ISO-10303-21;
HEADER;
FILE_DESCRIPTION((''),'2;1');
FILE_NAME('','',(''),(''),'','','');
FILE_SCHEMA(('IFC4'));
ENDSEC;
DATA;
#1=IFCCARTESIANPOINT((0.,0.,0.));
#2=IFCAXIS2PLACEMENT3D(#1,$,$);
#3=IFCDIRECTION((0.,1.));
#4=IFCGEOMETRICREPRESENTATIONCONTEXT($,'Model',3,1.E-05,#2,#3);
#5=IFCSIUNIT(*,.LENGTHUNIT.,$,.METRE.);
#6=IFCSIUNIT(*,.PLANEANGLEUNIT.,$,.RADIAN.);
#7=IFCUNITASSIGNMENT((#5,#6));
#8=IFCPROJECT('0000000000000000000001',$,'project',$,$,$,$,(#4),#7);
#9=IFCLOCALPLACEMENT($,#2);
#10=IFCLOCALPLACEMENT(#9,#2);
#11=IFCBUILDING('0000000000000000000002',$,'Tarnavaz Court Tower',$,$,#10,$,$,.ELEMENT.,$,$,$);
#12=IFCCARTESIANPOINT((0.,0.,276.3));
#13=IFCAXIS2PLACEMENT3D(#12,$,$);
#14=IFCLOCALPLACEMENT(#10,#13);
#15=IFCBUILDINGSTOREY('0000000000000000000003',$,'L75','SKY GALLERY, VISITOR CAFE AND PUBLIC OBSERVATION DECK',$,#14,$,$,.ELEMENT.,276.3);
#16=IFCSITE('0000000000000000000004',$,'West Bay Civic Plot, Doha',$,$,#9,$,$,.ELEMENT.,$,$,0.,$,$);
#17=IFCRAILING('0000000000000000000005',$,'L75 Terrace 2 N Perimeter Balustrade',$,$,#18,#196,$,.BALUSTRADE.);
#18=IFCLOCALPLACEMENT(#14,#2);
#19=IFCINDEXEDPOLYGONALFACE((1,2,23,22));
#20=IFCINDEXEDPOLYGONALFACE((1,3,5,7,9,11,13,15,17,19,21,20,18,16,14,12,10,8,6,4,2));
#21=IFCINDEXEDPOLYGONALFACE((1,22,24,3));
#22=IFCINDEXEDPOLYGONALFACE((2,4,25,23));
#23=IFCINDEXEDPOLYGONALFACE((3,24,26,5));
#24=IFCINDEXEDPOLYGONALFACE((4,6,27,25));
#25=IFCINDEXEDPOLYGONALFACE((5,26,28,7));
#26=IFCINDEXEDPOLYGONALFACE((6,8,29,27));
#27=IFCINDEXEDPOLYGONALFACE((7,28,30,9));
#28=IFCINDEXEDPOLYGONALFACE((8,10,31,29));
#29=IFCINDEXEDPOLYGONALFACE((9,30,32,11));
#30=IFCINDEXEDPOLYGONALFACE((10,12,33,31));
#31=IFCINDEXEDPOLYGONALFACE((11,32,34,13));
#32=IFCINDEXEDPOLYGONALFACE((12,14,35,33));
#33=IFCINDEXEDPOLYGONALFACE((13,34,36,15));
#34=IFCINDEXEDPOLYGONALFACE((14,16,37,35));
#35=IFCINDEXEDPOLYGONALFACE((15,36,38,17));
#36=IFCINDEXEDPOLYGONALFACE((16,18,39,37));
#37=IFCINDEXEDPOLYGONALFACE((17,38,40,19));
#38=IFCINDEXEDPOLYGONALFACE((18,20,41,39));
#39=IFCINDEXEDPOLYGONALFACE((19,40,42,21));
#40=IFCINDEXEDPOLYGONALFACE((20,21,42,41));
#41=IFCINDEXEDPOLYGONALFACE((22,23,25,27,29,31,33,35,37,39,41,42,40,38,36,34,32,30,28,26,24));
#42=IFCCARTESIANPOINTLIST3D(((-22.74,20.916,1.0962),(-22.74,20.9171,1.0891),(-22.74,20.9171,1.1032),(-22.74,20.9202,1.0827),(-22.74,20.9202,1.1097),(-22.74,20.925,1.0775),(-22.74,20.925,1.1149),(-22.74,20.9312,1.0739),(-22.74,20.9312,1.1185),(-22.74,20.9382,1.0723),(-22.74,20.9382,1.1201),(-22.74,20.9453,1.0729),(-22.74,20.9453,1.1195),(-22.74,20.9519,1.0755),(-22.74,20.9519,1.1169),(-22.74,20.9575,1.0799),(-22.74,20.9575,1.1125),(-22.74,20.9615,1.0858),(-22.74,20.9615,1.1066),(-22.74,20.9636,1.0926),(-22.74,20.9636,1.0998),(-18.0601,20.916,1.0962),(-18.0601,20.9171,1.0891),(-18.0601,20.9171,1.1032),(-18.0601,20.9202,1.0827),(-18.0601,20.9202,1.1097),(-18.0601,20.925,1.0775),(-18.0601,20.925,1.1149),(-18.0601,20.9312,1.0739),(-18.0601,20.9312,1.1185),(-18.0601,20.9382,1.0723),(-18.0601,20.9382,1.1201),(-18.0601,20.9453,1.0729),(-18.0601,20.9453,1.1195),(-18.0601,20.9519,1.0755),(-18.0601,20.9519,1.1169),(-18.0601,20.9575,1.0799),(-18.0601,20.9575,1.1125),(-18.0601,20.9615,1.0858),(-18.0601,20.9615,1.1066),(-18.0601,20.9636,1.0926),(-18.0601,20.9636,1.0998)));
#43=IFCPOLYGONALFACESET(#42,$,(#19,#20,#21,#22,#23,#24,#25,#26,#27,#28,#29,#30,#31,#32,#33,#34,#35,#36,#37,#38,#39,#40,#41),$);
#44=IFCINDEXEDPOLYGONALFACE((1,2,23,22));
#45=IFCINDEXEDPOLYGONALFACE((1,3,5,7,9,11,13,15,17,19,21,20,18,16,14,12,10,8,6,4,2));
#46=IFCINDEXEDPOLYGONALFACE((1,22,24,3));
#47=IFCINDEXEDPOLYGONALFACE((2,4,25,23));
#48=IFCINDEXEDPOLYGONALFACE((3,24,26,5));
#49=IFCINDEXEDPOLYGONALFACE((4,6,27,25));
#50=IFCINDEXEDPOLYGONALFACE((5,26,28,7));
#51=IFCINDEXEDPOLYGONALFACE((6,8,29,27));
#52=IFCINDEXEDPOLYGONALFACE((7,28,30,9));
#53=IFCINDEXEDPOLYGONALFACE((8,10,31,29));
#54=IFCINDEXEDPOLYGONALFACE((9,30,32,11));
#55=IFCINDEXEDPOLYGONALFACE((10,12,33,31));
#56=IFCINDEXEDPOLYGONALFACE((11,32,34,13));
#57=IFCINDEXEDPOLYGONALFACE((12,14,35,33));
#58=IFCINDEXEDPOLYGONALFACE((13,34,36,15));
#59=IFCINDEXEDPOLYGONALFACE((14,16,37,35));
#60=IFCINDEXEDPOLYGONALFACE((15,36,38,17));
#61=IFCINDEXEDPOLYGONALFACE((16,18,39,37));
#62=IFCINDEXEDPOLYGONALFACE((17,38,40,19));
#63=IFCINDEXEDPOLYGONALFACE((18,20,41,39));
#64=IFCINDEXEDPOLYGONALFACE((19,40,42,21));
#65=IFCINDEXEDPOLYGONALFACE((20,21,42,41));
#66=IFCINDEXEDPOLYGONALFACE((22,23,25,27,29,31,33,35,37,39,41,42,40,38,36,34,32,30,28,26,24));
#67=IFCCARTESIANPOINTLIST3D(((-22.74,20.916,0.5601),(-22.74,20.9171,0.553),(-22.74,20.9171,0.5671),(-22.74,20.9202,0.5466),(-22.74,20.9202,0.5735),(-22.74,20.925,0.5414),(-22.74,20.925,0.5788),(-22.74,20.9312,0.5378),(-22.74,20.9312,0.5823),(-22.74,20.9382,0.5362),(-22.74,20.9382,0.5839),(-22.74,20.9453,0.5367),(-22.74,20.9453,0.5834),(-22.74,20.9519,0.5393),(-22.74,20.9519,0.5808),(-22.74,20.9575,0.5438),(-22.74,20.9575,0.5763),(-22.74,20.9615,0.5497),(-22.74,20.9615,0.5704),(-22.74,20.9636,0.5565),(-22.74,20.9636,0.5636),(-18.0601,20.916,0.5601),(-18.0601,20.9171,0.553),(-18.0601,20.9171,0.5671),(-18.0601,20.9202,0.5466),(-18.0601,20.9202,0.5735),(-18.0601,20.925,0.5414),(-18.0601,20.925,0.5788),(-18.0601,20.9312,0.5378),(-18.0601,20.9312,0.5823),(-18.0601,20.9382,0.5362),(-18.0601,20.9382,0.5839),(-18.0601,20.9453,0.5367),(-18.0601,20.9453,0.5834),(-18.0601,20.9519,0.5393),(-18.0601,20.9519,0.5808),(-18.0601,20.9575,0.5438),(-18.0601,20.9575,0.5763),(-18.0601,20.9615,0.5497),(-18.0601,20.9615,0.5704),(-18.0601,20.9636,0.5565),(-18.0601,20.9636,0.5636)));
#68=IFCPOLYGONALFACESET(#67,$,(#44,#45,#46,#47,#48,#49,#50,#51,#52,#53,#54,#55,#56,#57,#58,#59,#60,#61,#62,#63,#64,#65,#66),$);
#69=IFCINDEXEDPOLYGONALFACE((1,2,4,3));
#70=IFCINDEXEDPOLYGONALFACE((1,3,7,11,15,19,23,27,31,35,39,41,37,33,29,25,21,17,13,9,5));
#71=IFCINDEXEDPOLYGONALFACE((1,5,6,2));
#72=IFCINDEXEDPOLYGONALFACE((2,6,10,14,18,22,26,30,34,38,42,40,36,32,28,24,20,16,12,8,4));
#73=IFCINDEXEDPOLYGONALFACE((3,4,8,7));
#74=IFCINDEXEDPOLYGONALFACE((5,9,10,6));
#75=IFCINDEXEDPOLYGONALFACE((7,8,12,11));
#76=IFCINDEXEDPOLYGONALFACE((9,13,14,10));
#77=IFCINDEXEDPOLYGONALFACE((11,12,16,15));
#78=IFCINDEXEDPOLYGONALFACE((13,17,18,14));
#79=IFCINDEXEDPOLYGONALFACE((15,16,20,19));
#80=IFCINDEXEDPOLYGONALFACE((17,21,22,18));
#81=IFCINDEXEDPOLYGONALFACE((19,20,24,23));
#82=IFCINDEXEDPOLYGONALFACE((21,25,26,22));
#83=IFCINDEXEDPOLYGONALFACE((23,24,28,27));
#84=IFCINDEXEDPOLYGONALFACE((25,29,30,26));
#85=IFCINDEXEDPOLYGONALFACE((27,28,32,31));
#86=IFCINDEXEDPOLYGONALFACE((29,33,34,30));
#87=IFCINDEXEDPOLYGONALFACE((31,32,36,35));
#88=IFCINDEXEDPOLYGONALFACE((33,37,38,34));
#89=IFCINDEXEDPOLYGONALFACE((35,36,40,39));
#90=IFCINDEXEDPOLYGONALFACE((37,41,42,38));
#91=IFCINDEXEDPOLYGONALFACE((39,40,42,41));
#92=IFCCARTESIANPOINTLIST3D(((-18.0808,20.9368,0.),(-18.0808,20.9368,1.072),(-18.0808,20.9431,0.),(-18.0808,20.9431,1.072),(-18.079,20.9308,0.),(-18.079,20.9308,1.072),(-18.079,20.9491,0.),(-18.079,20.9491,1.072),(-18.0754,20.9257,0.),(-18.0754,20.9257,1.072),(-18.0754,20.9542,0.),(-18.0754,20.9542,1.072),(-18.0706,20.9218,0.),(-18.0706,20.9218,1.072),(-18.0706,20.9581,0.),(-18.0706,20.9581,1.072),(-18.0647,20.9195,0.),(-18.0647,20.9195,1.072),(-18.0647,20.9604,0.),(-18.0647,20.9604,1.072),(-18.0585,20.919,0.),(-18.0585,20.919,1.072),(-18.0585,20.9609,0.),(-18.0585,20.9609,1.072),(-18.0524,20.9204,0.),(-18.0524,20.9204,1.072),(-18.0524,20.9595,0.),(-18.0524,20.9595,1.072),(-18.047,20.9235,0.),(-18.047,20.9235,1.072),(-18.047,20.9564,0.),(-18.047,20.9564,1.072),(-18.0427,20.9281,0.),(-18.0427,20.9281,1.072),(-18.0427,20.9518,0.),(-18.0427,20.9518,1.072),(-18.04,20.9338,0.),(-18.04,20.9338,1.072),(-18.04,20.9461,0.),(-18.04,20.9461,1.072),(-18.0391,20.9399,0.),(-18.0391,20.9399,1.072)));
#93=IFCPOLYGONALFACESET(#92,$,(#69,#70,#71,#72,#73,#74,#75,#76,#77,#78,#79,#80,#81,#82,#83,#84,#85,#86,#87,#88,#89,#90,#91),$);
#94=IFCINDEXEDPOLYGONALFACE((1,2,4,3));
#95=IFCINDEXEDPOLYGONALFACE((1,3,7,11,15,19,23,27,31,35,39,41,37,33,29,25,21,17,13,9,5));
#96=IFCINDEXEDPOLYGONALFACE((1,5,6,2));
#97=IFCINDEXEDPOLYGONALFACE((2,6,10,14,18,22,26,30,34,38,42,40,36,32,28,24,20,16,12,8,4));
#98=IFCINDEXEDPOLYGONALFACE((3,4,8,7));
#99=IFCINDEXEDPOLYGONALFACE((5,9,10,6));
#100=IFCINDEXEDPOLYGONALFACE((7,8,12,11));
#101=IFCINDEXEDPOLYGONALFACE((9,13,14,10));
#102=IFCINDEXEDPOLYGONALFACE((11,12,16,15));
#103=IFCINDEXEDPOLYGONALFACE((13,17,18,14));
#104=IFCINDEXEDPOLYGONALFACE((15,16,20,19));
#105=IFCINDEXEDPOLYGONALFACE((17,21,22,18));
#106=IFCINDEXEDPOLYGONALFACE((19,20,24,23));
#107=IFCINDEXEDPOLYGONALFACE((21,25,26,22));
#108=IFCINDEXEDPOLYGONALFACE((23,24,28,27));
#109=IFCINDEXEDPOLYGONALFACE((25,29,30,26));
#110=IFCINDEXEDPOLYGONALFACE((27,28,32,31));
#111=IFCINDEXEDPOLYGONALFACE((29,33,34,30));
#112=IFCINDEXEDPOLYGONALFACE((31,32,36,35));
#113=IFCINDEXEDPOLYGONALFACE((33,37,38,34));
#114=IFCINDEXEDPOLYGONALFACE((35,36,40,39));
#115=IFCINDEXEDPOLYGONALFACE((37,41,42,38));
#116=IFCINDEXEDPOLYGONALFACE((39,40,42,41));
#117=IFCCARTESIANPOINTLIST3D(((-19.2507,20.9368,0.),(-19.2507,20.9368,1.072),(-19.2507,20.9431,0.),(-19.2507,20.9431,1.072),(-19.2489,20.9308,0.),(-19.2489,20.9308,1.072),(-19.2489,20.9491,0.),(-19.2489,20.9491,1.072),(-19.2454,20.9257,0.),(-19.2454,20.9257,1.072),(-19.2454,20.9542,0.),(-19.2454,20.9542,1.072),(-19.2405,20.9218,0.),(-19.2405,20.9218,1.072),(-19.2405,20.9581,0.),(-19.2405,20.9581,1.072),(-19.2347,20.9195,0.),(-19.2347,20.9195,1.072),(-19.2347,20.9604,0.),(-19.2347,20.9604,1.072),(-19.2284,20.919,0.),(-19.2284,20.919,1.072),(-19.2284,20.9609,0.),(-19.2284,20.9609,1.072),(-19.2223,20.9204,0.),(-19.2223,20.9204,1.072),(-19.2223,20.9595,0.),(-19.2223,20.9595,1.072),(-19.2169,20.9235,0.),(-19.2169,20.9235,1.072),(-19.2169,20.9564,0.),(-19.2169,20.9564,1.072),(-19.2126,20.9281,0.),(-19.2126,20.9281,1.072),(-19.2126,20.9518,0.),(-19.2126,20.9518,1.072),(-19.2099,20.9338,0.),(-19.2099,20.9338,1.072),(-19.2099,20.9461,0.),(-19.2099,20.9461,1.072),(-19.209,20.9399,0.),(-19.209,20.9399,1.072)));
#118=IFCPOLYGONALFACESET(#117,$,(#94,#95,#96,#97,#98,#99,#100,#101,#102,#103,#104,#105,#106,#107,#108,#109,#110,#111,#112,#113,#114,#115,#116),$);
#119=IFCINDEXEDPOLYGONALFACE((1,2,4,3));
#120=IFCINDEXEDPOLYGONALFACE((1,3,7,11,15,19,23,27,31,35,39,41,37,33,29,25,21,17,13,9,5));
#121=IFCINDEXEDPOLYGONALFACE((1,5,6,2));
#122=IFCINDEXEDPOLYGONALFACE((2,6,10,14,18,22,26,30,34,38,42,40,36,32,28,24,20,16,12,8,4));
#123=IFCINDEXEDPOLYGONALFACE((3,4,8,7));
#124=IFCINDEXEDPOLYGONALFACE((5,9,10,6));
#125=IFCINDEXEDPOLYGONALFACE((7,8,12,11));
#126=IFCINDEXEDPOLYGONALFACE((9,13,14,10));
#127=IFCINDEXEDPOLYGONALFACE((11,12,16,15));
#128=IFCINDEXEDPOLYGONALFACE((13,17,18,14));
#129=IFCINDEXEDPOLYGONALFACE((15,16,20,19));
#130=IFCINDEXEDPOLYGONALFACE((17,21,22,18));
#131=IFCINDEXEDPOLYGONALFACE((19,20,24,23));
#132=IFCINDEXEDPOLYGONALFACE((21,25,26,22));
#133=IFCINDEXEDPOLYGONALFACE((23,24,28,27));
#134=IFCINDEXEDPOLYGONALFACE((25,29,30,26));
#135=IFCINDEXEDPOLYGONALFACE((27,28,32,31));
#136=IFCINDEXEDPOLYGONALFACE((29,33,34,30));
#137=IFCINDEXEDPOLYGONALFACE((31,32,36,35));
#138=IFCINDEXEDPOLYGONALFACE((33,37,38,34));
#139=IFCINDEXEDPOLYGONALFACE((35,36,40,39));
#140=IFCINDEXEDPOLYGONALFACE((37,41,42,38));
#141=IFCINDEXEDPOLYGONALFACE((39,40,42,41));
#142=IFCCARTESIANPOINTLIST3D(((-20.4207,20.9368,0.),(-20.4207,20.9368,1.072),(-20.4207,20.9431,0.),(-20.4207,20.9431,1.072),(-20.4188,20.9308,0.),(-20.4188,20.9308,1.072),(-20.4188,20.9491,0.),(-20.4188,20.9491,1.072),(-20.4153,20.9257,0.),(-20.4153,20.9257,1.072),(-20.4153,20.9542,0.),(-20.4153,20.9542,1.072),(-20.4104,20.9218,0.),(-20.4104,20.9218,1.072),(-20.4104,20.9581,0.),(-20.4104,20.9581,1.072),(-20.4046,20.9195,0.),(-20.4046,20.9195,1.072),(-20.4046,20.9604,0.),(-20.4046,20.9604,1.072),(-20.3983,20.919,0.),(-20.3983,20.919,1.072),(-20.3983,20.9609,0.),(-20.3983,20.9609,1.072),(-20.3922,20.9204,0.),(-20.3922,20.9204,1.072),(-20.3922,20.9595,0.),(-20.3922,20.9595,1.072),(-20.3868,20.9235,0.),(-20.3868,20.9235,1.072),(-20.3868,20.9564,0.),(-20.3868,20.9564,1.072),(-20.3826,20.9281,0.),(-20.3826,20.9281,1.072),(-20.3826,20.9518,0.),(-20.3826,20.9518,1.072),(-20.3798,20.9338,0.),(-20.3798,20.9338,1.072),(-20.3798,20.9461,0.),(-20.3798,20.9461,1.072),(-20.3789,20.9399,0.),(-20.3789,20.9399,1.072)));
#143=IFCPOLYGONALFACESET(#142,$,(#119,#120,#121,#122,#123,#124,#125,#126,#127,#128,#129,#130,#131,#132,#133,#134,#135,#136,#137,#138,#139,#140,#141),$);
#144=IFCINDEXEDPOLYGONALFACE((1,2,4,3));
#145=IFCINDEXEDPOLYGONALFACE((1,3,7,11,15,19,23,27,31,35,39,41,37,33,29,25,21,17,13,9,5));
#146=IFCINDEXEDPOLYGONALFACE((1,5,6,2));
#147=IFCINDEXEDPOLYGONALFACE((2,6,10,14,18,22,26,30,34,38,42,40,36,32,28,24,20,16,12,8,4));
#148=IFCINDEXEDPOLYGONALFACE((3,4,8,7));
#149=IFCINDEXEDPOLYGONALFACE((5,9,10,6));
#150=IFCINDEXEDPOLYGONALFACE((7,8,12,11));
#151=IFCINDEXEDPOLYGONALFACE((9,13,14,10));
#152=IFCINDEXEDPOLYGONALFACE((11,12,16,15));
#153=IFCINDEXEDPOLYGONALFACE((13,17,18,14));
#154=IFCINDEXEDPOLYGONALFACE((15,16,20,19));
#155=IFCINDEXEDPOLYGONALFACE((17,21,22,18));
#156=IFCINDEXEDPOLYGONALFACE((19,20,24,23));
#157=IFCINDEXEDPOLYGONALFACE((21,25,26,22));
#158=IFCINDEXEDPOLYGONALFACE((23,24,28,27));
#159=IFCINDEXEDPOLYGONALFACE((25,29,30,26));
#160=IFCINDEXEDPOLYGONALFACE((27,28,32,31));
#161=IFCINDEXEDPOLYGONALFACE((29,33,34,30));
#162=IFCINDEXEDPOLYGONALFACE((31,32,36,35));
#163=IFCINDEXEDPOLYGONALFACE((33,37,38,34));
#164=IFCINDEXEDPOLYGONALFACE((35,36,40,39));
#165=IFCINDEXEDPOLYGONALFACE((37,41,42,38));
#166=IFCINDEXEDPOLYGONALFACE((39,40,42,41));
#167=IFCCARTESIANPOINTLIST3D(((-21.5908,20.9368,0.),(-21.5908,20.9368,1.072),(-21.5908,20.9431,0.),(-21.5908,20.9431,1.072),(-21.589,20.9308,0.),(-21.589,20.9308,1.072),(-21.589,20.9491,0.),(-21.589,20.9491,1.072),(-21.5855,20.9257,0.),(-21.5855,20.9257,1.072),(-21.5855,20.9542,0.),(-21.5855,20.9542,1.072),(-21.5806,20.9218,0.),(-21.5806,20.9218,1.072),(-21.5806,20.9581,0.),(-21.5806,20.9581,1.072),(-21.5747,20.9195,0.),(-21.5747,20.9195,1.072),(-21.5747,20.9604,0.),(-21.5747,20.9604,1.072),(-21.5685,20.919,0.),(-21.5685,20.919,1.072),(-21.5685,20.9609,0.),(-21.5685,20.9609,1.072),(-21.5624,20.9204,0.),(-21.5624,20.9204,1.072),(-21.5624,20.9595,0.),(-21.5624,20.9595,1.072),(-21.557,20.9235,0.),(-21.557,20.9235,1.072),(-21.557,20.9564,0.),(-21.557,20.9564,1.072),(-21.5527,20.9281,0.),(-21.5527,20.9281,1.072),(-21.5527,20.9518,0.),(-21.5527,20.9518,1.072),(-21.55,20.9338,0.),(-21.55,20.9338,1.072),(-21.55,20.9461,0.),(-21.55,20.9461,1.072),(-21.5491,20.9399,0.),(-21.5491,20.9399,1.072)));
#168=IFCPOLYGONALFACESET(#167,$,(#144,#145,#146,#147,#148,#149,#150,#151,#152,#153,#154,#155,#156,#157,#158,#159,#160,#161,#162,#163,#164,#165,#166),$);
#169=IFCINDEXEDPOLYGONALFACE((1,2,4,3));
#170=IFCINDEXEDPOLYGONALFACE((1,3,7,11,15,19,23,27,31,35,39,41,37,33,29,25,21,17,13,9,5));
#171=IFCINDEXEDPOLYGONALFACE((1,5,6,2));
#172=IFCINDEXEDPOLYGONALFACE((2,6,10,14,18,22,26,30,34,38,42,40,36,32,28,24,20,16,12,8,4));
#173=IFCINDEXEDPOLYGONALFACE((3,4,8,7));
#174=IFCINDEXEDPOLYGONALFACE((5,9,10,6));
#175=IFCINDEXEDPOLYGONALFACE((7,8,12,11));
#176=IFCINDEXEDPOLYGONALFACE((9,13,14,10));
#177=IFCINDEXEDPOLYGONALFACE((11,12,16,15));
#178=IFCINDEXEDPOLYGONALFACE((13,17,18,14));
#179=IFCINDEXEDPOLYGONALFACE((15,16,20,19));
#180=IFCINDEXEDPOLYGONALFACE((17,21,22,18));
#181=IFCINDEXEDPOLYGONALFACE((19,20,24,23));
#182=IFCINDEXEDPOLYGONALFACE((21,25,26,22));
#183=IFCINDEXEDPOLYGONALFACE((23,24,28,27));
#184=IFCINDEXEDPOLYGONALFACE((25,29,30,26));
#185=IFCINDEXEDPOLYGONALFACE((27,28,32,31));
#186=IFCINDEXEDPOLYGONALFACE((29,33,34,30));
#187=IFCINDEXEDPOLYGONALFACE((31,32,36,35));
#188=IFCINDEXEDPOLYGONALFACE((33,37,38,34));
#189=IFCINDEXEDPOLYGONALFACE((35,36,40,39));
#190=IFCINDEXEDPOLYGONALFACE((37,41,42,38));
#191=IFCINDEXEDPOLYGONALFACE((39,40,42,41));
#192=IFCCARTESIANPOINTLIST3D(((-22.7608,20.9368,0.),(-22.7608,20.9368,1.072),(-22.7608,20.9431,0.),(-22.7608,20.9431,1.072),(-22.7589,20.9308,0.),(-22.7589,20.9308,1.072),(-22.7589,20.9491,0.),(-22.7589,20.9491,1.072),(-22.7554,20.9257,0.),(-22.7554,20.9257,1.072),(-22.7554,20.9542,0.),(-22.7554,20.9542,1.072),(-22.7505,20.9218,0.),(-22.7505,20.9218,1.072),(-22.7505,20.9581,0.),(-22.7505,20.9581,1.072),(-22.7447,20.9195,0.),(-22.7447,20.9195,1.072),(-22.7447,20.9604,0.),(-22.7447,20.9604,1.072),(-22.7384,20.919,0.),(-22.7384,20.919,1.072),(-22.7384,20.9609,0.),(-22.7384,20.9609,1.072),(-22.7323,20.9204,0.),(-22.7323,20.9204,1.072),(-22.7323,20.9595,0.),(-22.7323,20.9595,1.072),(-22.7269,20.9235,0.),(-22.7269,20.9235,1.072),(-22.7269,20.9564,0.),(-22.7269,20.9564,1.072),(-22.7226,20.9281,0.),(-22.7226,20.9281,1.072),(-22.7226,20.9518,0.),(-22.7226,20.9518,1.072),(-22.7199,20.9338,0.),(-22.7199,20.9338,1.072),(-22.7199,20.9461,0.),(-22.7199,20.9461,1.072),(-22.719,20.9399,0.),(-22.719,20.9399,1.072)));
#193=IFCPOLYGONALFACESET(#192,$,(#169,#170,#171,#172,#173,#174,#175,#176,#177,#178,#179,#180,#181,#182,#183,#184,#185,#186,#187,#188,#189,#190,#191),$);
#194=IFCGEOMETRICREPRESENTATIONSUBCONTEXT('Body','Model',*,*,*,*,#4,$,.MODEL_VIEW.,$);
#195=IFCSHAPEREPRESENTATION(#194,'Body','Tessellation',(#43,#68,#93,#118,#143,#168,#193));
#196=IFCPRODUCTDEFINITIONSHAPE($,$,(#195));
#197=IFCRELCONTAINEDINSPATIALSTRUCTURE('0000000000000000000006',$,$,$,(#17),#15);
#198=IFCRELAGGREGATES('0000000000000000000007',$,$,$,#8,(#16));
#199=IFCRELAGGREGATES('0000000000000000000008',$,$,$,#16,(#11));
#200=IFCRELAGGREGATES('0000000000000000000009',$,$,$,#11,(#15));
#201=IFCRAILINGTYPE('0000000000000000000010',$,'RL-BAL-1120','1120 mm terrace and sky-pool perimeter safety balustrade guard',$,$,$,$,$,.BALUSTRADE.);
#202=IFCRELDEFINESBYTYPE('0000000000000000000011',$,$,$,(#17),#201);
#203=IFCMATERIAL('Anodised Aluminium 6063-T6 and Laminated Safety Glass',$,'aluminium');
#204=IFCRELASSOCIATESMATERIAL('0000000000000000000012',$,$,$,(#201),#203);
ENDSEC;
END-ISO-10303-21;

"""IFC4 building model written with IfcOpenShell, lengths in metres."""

from ifc_helpers import new_model, si_unit, direction, frame, origin, origin_2d, place, context, subcontext, project, spatial, circle, extrude, material, type_object, element, save


model = new_model("IFC4")

# Units and contexts
model_context = context("Model", 3, precision=1e-05, world=origin(), true_north=direction((0.0, 1.0)))
body_context = subcontext(model_context, "Body", "Model", "MODEL_VIEW")
ifc_project = project(units=[si_unit("LENGTHUNIT", "METRE"), si_unit("PLANEANGLEUNIT", "RADIAN")], contexts=[model_context])

# Site, building, storey
site_placement = place(None, origin())
site = spatial("IfcSite", under=ifc_project, at=site_placement, Name="West Bay Civic Plot, Doha", CompositionType="ELEMENT", RefElevation=0.0)
building_placement = place(site_placement, origin())
building = spatial("IfcBuilding", under=site, at=building_placement, Name="Tarnavaz Court Tower", CompositionType="ELEMENT")
storey_placement = place(building_placement, frame((0.0, 0.0, 276.3)))
storey = spatial("IfcBuildingStorey", under=building, at=storey_placement, Name="L75", Description="SKY GALLERY, VISITOR CAFE AND PUBLIC OBSERVATION DECK", CompositionType="ELEMENT", Elevation=276.3)

# Railing
ifc_material_1 = material(Name="Anodised Aluminium 6063-T6 and Laminated Safety Glass", Category="aluminium")
railing_type = type_object("IfcRailingType", Name="RL-BAL-1120", Description="1120 mm terrace and sky-pool perimeter safety balustrade guard", PredefinedType="BALUSTRADE", material=ifc_material_1)
railing_1_placement = place(storey_placement, frame((-18.0601, 20.9399, 0.0)))
element("IfcRailing", 1, at=railing_1_placement, inside=storey, type_object=railing_type, Name="L75 Terrace 2 N Perimeter Balustrade", PredefinedType="BALUSTRADE", context=body_context, shape_type="SweptSolid", body=[
    extrude(circle(Radius=0.0239, at=origin_2d()), frame((0.0, 0.0, 1.0962), z_axis=(-1.0, 0.0, 0.0), x_axis=(0.0, -1.0, 0.0)), (0.0, 0.0, 1.0), 4.6799),
    extrude(circle(Radius=0.0239, at=origin_2d()), frame((0.0, 0.0, 0.5601), z_axis=(-1.0, 0.0, 0.0), x_axis=(0.0, -1.0, 0.0)), (0.0, 0.0, 1.0), 4.6799),
    extrude(circle(Radius=0.021, at=origin_2d()), origin(), (0.0, 0.0, 1.0), 1.072),
    extrude(circle(Radius=0.021, at=origin_2d()), frame((-1.1699, 0.0, 0.0)), (0.0, 0.0, 1.0), 1.072),
    extrude(circle(Radius=0.021, at=origin_2d()), frame((-2.3398, 0.0, 0.0)), (0.0, 0.0, 1.0), 1.072),
    extrude(circle(Radius=0.021, at=origin_2d()), frame((-3.51, 0.0, 0.0)), (0.0, 0.0, 1.0), 1.072),
    extrude(circle(Radius=0.021, at=origin_2d()), frame((-4.6799, 0.0, 0.0)), (0.0, 0.0, 1.0), 1.072),
])

save(model, "model.ifc")
